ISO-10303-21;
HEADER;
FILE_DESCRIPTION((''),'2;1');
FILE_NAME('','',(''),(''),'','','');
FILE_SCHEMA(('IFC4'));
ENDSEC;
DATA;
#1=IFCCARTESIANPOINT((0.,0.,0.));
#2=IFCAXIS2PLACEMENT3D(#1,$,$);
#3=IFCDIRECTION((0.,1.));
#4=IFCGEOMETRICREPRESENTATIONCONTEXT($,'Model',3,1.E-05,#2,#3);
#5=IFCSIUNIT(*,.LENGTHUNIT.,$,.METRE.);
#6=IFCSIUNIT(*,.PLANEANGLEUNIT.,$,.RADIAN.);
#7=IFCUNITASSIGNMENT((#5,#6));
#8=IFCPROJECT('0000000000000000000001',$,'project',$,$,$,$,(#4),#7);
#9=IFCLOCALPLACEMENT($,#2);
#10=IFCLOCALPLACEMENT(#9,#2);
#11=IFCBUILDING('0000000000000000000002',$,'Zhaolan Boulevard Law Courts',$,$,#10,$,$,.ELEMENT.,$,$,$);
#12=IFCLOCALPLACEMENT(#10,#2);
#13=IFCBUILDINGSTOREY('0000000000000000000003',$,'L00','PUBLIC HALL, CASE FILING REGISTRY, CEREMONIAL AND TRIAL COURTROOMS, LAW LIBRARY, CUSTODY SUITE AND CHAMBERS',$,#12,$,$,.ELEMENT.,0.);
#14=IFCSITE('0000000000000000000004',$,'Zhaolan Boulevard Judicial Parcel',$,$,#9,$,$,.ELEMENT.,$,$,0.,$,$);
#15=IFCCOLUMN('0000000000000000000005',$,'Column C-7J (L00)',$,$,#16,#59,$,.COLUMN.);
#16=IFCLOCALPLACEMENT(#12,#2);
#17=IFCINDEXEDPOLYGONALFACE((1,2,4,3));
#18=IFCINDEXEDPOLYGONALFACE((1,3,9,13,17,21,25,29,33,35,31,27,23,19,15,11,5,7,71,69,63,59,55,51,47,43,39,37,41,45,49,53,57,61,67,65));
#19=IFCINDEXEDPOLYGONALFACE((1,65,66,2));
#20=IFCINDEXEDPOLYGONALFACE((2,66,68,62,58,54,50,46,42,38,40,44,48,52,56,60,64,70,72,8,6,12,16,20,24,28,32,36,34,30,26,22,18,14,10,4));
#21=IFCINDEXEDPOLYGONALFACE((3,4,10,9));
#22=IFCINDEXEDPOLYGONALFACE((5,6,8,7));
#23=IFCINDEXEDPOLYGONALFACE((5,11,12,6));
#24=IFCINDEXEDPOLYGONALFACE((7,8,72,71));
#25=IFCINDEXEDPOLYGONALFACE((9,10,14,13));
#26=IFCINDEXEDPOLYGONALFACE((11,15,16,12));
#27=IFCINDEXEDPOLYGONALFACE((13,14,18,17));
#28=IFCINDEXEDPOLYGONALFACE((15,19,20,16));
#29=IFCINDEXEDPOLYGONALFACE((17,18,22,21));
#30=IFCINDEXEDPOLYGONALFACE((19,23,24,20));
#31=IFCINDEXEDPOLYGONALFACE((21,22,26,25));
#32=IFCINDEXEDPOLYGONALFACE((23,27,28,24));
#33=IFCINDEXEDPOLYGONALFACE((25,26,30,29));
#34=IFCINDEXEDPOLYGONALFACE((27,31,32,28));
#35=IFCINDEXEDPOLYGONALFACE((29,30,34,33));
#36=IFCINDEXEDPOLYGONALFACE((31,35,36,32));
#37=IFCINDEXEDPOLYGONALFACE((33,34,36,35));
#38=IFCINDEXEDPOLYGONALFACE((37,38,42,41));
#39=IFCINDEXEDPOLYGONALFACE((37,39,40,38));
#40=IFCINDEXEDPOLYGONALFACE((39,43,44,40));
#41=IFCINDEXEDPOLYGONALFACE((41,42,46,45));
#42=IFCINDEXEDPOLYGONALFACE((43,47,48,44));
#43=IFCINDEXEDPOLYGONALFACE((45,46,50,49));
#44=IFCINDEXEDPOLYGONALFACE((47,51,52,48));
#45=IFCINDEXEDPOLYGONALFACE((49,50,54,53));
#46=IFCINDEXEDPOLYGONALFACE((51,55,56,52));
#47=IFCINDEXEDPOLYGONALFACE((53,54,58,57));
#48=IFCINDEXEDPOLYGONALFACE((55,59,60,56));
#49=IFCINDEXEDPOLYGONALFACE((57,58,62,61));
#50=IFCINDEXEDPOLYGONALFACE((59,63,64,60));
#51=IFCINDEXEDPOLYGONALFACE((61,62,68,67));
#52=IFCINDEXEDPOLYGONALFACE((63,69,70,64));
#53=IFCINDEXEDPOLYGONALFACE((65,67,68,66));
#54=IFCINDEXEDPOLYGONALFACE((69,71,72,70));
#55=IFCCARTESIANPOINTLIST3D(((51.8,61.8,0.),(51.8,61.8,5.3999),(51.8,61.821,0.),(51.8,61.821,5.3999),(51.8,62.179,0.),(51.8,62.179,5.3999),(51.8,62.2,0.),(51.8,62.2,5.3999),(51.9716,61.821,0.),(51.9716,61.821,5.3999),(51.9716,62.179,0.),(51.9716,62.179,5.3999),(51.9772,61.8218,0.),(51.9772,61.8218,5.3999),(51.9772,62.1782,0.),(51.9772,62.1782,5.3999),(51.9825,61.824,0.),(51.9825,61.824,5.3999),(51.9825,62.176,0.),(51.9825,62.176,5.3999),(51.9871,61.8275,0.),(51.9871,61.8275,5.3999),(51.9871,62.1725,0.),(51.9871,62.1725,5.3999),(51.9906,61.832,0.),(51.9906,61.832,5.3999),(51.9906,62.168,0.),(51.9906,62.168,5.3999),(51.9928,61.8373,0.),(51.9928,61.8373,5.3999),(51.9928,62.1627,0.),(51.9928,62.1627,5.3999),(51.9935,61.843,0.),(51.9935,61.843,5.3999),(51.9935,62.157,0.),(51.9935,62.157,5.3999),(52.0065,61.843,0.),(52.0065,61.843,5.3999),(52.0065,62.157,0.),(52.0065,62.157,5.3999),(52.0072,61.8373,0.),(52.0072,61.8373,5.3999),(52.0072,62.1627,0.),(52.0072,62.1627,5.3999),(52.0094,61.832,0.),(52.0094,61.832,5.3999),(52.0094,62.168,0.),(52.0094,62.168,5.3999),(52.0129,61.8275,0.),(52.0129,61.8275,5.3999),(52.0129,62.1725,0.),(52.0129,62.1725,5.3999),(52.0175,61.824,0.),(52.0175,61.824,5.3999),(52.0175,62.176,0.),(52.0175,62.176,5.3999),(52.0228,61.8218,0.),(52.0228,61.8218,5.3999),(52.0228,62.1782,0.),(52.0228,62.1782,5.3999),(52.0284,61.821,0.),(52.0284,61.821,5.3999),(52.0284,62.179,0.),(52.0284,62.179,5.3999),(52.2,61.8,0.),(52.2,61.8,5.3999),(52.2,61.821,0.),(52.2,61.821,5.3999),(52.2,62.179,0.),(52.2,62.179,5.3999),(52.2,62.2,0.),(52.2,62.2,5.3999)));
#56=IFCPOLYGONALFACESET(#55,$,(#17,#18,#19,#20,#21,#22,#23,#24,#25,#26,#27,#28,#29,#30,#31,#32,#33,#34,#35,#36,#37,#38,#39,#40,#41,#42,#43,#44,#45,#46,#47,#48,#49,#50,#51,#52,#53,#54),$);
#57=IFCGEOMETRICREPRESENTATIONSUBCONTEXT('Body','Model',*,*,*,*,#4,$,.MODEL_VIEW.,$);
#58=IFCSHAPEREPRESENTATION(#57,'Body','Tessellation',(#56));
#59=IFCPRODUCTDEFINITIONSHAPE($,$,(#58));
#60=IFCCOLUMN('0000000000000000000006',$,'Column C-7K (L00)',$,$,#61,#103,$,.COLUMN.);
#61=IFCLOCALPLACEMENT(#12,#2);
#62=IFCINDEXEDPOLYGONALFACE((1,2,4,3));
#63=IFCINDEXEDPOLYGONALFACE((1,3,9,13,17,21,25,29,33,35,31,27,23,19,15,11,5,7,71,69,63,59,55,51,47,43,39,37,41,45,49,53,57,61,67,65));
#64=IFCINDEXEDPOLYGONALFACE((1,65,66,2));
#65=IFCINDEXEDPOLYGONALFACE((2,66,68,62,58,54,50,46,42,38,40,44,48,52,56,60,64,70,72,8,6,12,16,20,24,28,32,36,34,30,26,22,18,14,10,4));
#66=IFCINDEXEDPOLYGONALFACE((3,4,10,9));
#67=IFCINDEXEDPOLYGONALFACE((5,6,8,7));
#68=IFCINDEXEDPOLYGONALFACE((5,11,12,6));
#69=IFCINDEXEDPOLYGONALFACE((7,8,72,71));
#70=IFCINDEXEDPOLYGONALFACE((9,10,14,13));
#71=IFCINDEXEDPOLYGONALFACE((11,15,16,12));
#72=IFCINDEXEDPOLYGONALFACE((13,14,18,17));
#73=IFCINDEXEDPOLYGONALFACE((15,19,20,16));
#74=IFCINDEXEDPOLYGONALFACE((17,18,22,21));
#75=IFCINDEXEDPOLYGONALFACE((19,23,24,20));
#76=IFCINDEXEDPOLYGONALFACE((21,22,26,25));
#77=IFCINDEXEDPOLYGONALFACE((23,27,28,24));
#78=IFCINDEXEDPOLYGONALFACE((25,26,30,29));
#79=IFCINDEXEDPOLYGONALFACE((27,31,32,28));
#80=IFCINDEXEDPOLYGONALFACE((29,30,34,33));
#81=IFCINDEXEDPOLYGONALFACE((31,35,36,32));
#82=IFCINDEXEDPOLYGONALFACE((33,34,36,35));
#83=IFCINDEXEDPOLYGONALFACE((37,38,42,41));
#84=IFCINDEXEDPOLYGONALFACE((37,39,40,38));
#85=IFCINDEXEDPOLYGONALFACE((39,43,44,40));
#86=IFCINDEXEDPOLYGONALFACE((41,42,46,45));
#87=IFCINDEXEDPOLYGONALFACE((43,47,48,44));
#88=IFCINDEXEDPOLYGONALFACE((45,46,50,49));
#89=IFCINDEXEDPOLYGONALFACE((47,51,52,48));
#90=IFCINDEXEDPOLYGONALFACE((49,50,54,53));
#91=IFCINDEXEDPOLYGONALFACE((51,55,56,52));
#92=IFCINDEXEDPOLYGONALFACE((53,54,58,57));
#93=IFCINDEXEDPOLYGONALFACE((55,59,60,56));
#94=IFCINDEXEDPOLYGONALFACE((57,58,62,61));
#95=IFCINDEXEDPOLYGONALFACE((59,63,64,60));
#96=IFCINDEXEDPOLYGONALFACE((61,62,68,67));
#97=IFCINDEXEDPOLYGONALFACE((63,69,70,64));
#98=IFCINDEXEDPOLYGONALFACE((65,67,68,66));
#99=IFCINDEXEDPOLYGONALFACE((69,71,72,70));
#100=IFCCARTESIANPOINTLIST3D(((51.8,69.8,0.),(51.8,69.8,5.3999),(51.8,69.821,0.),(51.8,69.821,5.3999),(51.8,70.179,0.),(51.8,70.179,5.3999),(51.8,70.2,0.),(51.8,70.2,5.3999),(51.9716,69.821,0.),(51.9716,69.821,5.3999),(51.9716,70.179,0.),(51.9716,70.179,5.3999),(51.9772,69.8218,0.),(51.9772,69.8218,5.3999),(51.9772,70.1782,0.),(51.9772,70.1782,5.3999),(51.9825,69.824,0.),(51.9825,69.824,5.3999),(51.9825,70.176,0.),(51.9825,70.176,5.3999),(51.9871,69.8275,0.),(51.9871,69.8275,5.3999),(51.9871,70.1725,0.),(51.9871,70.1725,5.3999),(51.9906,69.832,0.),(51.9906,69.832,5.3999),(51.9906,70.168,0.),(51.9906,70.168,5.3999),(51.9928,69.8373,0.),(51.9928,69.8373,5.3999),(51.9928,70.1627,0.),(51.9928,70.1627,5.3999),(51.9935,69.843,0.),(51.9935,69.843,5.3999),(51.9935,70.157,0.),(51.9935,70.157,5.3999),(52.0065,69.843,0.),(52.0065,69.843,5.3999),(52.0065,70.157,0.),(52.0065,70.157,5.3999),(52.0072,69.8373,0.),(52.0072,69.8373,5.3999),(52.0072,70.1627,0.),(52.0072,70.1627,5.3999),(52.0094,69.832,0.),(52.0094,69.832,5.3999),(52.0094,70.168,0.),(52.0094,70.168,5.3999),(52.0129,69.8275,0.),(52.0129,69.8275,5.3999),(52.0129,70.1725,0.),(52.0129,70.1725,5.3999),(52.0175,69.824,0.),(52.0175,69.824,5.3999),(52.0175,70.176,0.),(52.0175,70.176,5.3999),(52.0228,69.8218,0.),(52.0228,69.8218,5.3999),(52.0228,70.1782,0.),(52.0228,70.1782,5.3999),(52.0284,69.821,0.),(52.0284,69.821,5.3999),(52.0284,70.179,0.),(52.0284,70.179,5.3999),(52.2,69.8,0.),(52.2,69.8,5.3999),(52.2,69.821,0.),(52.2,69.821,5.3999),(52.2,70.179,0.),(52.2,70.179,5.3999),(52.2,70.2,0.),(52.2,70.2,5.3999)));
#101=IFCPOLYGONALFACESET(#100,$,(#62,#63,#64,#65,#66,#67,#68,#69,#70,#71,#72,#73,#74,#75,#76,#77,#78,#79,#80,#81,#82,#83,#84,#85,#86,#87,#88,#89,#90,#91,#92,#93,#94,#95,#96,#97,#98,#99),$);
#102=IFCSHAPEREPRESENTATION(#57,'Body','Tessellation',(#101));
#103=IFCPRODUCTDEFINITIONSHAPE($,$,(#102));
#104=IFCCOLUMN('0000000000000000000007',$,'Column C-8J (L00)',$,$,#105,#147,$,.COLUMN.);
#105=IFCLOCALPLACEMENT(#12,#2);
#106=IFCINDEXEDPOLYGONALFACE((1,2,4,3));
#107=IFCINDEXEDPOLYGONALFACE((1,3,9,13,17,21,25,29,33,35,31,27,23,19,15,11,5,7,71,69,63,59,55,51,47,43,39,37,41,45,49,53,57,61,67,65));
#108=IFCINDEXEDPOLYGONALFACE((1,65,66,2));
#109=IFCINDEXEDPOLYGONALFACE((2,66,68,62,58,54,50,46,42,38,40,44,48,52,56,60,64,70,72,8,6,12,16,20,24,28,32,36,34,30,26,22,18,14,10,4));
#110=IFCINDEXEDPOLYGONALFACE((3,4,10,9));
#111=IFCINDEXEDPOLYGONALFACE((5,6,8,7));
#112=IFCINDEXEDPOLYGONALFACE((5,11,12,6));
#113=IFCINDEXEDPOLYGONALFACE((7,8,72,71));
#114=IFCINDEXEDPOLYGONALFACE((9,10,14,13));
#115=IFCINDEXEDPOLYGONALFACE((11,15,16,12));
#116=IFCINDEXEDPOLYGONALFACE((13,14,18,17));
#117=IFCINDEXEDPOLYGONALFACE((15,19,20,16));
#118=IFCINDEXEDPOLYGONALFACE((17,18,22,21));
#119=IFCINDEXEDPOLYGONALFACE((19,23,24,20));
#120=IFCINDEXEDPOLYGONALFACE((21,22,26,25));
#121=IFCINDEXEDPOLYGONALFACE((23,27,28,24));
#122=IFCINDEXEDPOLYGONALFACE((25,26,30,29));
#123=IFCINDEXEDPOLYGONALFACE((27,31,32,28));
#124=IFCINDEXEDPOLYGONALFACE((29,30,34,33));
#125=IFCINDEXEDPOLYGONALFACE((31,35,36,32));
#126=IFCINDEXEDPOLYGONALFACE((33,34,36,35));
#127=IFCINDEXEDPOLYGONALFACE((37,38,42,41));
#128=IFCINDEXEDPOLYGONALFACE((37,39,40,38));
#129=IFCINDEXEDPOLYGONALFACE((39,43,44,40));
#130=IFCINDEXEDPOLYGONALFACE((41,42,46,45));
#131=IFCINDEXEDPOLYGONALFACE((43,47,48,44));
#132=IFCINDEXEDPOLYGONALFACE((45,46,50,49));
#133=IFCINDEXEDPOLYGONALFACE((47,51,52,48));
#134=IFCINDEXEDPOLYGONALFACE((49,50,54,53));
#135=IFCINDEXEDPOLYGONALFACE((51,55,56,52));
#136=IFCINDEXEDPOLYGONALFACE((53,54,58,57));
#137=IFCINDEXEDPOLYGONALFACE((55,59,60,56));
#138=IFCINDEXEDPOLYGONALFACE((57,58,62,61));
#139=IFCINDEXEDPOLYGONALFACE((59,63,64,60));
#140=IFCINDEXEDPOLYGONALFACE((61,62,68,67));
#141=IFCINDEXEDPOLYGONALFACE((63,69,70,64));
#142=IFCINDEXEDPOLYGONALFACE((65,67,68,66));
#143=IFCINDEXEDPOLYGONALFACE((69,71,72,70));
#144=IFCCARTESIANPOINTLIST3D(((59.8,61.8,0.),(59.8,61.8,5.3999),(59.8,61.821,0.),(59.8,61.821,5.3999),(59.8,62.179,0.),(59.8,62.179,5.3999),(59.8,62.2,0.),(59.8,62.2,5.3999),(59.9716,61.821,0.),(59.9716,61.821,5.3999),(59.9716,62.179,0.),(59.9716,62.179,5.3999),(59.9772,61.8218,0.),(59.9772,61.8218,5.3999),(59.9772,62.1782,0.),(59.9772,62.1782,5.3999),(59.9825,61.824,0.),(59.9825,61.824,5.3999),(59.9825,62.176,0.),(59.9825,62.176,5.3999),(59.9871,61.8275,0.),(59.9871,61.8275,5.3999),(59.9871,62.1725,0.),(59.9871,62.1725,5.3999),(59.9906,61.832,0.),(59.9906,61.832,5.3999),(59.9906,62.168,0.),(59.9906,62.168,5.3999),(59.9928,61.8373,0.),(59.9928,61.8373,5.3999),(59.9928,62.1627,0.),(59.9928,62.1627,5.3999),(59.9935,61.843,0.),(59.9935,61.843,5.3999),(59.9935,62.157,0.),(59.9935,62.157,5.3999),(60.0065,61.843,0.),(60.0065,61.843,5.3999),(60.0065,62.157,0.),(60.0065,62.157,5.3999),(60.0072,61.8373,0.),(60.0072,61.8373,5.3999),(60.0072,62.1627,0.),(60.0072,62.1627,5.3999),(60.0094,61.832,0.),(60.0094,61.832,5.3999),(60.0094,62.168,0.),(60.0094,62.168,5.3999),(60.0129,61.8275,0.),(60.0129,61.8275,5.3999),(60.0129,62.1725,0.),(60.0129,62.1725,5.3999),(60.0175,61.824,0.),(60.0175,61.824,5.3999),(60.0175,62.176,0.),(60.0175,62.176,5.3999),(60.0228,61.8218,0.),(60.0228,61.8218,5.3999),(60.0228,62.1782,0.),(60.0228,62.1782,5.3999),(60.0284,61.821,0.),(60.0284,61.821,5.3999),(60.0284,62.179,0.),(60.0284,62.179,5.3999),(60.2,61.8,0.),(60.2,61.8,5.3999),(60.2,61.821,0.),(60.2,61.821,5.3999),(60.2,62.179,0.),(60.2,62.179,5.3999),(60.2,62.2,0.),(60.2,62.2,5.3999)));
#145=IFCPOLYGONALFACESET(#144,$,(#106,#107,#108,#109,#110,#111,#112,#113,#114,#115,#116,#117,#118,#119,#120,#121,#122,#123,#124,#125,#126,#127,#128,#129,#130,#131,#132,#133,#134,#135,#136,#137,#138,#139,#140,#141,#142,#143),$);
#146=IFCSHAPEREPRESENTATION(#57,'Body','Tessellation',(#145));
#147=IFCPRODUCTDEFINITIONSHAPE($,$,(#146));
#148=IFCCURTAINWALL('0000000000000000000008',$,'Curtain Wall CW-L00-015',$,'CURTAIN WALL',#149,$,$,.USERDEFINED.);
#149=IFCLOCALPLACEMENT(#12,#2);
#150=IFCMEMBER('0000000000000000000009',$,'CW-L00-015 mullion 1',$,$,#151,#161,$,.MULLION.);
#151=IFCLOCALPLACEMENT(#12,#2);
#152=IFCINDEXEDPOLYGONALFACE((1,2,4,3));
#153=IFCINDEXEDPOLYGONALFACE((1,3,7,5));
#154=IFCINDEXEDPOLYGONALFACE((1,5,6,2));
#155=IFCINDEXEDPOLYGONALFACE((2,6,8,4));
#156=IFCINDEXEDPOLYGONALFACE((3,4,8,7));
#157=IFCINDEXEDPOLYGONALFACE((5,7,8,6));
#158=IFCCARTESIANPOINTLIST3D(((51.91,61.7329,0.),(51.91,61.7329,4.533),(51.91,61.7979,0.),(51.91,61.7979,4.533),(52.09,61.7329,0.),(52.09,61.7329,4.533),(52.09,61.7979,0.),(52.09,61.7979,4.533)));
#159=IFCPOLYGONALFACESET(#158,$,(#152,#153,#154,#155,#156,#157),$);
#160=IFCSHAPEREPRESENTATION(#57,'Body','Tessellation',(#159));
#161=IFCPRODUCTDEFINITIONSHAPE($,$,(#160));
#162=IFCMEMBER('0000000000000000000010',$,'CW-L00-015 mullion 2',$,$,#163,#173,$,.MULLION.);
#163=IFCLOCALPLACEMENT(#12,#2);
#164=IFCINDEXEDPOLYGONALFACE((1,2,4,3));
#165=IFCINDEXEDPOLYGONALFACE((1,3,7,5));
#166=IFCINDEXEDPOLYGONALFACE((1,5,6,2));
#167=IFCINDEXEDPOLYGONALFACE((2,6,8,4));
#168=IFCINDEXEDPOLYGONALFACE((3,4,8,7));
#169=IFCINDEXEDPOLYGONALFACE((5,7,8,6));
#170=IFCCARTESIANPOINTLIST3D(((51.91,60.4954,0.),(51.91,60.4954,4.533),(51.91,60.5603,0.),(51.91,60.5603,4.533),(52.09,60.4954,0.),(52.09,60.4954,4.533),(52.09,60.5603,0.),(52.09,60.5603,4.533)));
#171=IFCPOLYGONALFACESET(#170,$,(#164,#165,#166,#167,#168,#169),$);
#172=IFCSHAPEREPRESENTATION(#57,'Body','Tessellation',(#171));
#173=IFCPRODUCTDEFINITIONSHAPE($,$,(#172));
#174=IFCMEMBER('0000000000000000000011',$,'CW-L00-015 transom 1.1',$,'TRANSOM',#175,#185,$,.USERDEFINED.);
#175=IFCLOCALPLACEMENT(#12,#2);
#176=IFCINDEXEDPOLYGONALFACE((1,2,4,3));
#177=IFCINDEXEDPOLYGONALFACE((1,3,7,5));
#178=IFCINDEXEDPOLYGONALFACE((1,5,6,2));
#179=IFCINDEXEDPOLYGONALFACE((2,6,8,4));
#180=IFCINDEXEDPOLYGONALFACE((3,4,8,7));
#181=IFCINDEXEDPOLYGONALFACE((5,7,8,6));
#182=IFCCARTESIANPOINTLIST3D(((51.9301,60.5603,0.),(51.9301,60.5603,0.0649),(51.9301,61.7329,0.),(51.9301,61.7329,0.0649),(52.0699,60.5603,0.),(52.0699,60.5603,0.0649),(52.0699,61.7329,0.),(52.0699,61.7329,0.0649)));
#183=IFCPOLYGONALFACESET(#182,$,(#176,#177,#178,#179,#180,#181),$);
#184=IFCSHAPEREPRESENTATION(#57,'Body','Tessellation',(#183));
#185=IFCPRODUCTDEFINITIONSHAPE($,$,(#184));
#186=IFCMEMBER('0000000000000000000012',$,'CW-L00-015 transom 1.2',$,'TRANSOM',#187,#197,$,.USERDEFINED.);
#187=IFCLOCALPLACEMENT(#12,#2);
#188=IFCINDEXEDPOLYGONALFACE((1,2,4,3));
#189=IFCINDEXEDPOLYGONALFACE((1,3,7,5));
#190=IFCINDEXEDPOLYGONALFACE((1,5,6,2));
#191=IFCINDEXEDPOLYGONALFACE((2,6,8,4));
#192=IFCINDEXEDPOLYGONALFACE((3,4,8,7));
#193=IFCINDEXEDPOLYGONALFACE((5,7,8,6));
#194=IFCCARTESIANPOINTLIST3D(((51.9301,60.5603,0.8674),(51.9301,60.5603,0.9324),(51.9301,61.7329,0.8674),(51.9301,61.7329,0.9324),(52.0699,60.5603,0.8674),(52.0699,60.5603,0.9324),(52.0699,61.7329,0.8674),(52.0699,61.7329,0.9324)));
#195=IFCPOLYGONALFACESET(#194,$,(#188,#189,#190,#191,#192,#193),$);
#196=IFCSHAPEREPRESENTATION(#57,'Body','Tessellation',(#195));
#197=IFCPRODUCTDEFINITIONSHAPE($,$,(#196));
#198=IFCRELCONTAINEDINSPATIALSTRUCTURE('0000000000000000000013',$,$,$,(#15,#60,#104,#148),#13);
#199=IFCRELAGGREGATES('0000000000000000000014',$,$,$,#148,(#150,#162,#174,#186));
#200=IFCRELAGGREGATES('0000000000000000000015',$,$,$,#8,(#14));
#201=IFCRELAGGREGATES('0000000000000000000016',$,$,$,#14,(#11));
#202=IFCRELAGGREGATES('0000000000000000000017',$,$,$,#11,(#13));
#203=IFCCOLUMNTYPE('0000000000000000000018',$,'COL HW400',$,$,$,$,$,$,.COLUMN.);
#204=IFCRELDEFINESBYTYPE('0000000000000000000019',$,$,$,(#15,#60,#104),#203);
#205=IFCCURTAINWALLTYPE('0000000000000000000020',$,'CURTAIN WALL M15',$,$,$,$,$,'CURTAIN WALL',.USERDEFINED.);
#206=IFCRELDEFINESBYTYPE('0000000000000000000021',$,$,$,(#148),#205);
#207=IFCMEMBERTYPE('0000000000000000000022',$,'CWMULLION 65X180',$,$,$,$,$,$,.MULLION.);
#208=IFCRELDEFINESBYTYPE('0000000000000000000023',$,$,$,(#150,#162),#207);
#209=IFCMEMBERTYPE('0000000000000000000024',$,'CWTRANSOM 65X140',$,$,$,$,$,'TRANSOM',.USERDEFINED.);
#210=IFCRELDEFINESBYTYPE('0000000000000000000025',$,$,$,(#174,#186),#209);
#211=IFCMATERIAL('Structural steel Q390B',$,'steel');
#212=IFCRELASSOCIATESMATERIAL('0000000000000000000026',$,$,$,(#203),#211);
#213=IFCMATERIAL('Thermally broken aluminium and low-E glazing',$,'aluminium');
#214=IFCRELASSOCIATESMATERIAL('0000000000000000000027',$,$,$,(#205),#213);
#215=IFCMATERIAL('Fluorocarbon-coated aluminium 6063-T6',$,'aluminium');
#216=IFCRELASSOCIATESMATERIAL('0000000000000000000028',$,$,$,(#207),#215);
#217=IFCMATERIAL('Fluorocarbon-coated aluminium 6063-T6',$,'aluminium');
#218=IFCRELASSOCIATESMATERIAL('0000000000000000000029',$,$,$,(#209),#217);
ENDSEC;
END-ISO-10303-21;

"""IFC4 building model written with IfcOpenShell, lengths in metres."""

from ifc_helpers import new_model, si_unit, direction, frame, origin, origin_2d, place, context, subcontext, project, spatial, rectangle, i_section, extrude, material, material_profile, profile_set, type_object, element, aggregate, save


model = new_model("IFC4")

# Units and contexts
model_context = context("Model", 3, precision=1e-05, world=origin(), true_north=direction((0.0, 1.0)))
body_context = subcontext(model_context, "Body", "Model", "MODEL_VIEW")
ifc_project = project(units=[si_unit("LENGTHUNIT", "METRE"), si_unit("PLANEANGLEUNIT", "RADIAN")], contexts=[model_context])

# Site, building, storey
site_placement = place(None, origin())
site = spatial("IfcSite", under=ifc_project, at=site_placement, Name="Zhaolan Boulevard Judicial Parcel", CompositionType="ELEMENT", RefElevation=0.0)
building_placement = place(site_placement, origin())
building = spatial("IfcBuilding", under=site, at=building_placement, Name="Zhaolan Boulevard Law Courts", CompositionType="ELEMENT")
storey_placement = place(building_placement, origin())
storey = spatial("IfcBuildingStorey", under=building, at=storey_placement, Name="L00", Description="PUBLIC HALL, CASE FILING REGISTRY, CEREMONIAL AND TRIAL COURTROOMS, LAW LIBRARY, CUSTODY SUITE AND CHAMBERS", CompositionType="ELEMENT", Elevation=0.0)

# Columns
ifc_material_1 = material(Name="Structural steel Q390B", Category="steel")
ifc_material_profile_1 = material_profile(ifc_material_1, i_section(OverallWidth=0.3999, OverallDepth=0.3999, WebThickness=0.0129, FlangeThickness=0.021, FilletRadius=0.022, at=origin_2d()), Name="HW400x400")
ifc_profile_set_1 = profile_set([ifc_material_profile_1], Name="Structural steel Q390B")
column_type = type_object("IfcColumnType", Name="COL HW400", PredefinedType="COLUMN", material=ifc_profile_set_1)
for number, where, z_axis, x_axis, name in (
    (1, (52.0, 62.0, 0.0), (0.0, 0.0, 1.0), (1.0, 0.0, 0.0), "Column C-7J (L00)"),
    (2, (52.0, 70.0, 0.0), (0.0, 0.0, 1.0), (1.0, 0.0, 0.0), "Column C-7K (L00)"),
    (3, (60.0, 62.0, 0.0), (0.0, 0.0, 1.0), (1.0, 0.0, 0.0), "Column C-8J (L00)"),
):
    element("IfcColumn", number, at=place(storey_placement, frame(where, z_axis=z_axis, x_axis=x_axis)), inside=storey, type_object=column_type, Name=name, PredefinedType="COLUMN", context=body_context, shape_type="SweptSolid", body=[
        extrude(i_section(OverallWidth=0.3999, OverallDepth=0.3999, WebThickness=0.0129, FlangeThickness=0.021, FilletRadius=0.022, at=origin_2d()), origin(), (0.0, 0.0, 1.0), 5.3999),
    ])

# Curtain wall, members
ifc_material_2 = material(Name="Thermally broken aluminium and low-E glazing", Category="aluminium")
curtain_wall_type = type_object("IfcCurtainWallType", Name="CURTAIN WALL M15", ElementType="CURTAIN WALL", PredefinedType="USERDEFINED", material=ifc_material_2)
curtain_wall_placement = place(storey_placement, origin())
curtain_wall = element("IfcCurtainWall", 4, at=curtain_wall_placement, inside=storey, type_object=curtain_wall_type, Name="Curtain Wall CW-L00-015", ObjectType="CURTAIN WALL", PredefinedType="USERDEFINED")
ifc_material_3 = material(Name="Fluorocarbon-coated aluminium 6063-T6", Category="aluminium")
ifc_material_profile_2 = material_profile(ifc_material_3, rectangle(XDim=0.1799, YDim=0.0649, at=origin_2d()), Name="AL65x180")
ifc_profile_set_2 = profile_set([ifc_material_profile_2], Name="Fluorocarbon-coated aluminium 6063-T6")
member_type_1 = type_object("IfcMemberType", Name="CWMULLION 65X180", PredefinedType="MULLION", material=ifc_profile_set_2)
member_1_placement = place(storey_placement, frame((52.0, 61.7654, 0.0), z_axis=(0.0, 0.0, 1.0), x_axis=(1.0, 0.0, 0.0)))
member_1 = element("IfcMember", 5, at=member_1_placement, type_object=member_type_1, Name="CW-L00-015 mullion 1", PredefinedType="MULLION", context=body_context, shape_type="SweptSolid", body=[
    extrude(rectangle(XDim=0.1799, YDim=0.0649, at=origin_2d()), origin(), (0.0, 0.0, 1.0), 4.533),
])
member_2_placement = place(storey_placement, frame((52.0, 60.5278, 0.0), z_axis=(0.0, 0.0, 1.0), x_axis=(1.0, 0.0, 0.0)))
member_2 = element("IfcMember", 6, at=member_2_placement, type_object=member_type_1, Name="CW-L00-015 mullion 2", PredefinedType="MULLION", context=body_context, shape_type="SweptSolid", body=[
    extrude(rectangle(XDim=0.1799, YDim=0.0649, at=origin_2d()), origin(), (0.0, 0.0, 1.0), 4.533),
])
ifc_material_4 = material(Name="Fluorocarbon-coated aluminium 6063-T6", Category="aluminium")
ifc_material_profile_3 = material_profile(ifc_material_4, rectangle(XDim=0.1399, YDim=0.0649, at=origin_2d()), Name="AL65x140")
ifc_profile_set_3 = profile_set([ifc_material_profile_3], Name="Fluorocarbon-coated aluminium 6063-T6")
member_type_2 = type_object("IfcMemberType", Name="CWTRANSOM 65X140", ElementType="TRANSOM", PredefinedType="USERDEFINED", material=ifc_profile_set_3)
member_3_placement = place(storey_placement, frame((52.0, 61.7329, 0.0325), z_axis=(0.0, -1.0, 0.0), x_axis=(1.0, 0.0, 0.0)))
member_3 = element("IfcMember", 7, at=member_3_placement, type_object=member_type_2, Name="CW-L00-015 transom 1.1", ObjectType="TRANSOM", PredefinedType="USERDEFINED", context=body_context, shape_type="SweptSolid", body=[
    extrude(rectangle(XDim=0.1399, YDim=0.0649, at=origin_2d()), origin(), (0.0, 0.0, 1.0), 1.1726),
])
member_4_placement = place(storey_placement, frame((52.0, 61.7329, 0.8999), z_axis=(0.0, -1.0, 0.0), x_axis=(1.0, 0.0, 0.0)))
member_4 = element("IfcMember", 8, at=member_4_placement, type_object=member_type_2, Name="CW-L00-015 transom 1.2", ObjectType="TRANSOM", PredefinedType="USERDEFINED", context=body_context, shape_type="SweptSolid", body=[
    extrude(rectangle(XDim=0.1399, YDim=0.0649, at=origin_2d()), origin(), (0.0, 0.0, 1.0), 1.1726),
])

aggregate(curtain_wall, [member_1, member_2, member_3, member_4])

save(model, "model.ifc")
